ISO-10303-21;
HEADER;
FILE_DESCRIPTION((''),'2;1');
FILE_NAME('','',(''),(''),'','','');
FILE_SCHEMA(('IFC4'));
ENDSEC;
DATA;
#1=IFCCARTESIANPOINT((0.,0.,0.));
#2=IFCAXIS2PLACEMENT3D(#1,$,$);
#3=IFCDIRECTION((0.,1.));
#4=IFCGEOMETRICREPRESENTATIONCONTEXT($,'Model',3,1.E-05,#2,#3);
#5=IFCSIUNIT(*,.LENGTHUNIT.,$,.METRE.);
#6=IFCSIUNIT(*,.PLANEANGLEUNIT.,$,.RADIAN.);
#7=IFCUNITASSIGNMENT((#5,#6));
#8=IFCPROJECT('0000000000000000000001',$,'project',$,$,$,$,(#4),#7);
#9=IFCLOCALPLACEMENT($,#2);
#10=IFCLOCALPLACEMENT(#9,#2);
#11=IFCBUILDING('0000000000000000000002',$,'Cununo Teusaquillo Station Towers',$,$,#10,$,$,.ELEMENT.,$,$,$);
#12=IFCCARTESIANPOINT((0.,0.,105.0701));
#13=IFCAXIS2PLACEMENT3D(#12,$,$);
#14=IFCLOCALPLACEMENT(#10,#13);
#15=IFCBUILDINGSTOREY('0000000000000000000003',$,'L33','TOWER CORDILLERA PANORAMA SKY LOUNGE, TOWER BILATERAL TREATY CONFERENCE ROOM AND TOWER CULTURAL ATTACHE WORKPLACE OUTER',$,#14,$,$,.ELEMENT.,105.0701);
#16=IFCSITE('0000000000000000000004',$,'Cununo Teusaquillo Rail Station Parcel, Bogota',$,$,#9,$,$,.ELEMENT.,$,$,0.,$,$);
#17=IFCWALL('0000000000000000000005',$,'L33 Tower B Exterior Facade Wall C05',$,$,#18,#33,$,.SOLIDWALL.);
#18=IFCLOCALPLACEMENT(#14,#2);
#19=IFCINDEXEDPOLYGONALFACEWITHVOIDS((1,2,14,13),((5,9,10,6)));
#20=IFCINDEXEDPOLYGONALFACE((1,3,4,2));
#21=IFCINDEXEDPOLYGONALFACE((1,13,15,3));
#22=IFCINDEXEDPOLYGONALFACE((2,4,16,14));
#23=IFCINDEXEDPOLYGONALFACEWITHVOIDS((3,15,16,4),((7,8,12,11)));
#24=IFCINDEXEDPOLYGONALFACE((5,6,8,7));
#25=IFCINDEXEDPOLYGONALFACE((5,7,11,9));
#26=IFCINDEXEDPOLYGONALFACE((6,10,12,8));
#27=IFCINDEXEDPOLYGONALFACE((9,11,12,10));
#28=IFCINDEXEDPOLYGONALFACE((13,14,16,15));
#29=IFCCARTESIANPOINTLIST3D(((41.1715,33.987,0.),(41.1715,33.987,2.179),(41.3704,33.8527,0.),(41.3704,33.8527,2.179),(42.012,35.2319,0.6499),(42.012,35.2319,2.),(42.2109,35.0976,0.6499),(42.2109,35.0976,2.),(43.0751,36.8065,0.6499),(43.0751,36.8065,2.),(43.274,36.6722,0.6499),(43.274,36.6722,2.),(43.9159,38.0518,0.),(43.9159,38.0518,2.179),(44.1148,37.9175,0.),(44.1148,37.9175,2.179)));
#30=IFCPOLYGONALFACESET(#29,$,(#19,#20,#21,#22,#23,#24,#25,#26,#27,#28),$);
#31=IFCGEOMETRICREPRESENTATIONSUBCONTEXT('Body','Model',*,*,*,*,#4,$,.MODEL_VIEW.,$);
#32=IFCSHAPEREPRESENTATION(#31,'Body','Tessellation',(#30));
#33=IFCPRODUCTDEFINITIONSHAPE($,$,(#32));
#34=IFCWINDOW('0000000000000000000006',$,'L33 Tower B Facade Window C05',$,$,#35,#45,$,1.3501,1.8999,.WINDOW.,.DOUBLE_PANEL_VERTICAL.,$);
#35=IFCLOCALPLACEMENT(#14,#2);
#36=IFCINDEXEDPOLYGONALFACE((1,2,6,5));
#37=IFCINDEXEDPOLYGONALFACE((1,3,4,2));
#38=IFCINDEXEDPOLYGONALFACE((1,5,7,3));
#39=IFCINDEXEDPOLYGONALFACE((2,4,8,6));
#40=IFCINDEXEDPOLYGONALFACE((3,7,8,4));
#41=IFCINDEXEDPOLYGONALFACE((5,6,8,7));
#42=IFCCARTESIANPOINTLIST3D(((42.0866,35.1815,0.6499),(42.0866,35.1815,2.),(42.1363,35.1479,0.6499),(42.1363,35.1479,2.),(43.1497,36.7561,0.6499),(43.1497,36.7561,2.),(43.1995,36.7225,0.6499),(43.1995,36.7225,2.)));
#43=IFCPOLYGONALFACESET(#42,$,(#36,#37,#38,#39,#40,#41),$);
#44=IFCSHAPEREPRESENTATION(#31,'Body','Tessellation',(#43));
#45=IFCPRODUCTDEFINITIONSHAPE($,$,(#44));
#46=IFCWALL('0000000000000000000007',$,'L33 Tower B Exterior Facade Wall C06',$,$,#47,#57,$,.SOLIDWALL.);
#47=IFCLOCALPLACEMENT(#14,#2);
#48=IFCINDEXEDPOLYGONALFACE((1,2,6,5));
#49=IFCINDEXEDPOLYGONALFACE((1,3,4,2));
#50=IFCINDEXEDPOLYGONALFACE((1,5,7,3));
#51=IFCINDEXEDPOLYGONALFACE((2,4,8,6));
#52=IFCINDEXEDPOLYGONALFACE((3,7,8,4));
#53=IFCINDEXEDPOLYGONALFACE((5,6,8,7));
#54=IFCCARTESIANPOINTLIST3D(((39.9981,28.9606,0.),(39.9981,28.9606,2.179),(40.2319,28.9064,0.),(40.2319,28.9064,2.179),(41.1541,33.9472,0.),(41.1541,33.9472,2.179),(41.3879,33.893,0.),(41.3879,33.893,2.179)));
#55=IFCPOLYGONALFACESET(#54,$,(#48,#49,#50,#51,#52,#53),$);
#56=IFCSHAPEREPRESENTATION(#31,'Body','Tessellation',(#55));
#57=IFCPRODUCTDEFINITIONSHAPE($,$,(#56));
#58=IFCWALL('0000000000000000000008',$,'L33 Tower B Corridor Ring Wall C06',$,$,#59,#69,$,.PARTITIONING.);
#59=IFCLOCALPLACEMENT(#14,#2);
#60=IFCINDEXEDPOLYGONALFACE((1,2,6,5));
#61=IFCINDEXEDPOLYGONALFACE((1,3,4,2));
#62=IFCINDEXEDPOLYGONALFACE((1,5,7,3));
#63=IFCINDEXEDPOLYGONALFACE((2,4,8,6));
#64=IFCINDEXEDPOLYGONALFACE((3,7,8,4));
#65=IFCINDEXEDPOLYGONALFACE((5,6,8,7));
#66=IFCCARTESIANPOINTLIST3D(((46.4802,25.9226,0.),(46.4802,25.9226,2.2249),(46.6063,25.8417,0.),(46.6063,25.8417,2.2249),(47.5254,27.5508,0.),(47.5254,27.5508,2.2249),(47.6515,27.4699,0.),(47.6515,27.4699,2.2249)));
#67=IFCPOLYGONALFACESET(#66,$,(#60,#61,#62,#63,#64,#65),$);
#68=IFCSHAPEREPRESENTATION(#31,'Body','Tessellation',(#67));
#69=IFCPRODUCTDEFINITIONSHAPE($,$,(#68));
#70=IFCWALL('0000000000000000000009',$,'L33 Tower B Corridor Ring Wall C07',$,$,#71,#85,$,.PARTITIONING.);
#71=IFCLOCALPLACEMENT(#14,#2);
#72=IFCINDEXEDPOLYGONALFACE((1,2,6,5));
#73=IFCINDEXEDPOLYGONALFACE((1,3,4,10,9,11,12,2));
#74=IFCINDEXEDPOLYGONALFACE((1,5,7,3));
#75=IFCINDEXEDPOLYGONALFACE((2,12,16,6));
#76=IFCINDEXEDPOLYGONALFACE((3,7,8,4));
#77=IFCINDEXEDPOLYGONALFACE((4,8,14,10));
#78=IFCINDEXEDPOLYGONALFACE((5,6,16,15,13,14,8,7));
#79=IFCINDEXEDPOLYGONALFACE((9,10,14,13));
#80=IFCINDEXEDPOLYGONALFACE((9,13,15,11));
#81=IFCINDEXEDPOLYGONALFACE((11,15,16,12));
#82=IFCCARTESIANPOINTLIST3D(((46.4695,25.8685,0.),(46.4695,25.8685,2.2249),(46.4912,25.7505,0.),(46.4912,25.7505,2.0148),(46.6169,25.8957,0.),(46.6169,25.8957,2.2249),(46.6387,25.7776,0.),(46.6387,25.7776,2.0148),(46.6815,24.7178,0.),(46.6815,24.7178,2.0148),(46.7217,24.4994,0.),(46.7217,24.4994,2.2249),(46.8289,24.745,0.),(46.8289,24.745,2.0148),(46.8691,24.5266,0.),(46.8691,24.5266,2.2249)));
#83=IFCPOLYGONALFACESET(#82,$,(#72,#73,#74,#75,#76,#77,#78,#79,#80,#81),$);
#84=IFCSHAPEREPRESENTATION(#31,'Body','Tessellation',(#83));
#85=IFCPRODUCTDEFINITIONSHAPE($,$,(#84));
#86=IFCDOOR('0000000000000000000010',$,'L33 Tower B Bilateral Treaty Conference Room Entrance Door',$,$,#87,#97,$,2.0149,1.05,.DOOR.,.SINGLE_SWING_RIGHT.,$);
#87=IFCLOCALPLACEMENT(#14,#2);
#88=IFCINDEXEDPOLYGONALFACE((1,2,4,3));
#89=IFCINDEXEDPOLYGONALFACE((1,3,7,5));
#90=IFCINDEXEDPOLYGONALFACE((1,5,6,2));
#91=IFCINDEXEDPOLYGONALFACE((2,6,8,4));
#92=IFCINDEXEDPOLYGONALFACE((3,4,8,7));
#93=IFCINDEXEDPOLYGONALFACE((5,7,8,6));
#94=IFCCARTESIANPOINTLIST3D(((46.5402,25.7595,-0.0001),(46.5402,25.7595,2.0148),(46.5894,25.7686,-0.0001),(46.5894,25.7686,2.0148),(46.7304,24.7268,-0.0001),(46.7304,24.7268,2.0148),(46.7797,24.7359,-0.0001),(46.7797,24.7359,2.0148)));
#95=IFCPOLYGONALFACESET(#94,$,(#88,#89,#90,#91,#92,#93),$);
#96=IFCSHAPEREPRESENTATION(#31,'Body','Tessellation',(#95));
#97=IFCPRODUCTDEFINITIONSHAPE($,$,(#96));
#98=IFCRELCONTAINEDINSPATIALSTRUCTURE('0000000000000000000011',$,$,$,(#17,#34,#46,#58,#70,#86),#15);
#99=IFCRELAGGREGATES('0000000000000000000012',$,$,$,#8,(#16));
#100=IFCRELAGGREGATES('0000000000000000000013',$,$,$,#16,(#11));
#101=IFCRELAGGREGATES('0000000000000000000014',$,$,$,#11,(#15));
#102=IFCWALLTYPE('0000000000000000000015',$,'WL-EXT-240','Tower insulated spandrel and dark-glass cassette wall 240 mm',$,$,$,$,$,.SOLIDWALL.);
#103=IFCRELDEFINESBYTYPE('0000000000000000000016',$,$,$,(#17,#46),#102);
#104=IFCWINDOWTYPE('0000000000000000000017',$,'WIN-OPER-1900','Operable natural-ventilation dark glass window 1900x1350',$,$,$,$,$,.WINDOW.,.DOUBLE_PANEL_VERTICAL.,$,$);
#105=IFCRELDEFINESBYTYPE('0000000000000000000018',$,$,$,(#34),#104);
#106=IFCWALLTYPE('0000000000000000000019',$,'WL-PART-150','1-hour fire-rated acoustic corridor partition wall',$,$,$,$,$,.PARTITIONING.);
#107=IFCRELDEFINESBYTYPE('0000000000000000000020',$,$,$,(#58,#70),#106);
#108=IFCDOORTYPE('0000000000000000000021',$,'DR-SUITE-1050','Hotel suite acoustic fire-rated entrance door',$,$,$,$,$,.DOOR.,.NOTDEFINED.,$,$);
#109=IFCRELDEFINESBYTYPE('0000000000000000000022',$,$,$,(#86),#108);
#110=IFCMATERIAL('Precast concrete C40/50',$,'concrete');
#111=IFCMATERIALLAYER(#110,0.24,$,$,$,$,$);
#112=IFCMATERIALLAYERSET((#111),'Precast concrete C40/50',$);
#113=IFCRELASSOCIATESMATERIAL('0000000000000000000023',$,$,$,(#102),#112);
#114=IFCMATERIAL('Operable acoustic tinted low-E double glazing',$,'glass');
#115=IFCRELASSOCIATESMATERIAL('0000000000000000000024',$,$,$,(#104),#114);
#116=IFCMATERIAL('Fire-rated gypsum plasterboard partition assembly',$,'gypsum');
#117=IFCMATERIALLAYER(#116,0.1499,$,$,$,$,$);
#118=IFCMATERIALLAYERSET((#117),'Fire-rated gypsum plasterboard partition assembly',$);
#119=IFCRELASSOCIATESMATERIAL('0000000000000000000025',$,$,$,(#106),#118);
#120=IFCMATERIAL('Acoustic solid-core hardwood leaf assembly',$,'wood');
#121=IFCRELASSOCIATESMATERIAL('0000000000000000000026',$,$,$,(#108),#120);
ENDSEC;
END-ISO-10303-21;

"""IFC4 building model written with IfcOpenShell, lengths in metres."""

from ifc_helpers import new_model, si_unit, direction, frame, frame_2d, origin, place, context, subcontext, project, spatial, rectangle, extrude, source, transform, mapped, material, layer, layer_set, type_object, element, fill, save


model = new_model("IFC4")

# Units and contexts
model_context = context("Model", 3, precision=1e-05, world=origin(), true_north=direction((0.0, 1.0)))
body_context = subcontext(model_context, "Body", "Model", "MODEL_VIEW")
ifc_project = project(units=[si_unit("LENGTHUNIT", "METRE"), si_unit("PLANEANGLEUNIT", "RADIAN")], contexts=[model_context])

# Site, building, storey
site_placement = place(None, origin())
site = spatial("IfcSite", under=ifc_project, at=site_placement, Name="Cununo Teusaquillo Rail Station Parcel, Bogota", CompositionType="ELEMENT", RefElevation=0.0)
building_placement = place(site_placement, origin())
building = spatial("IfcBuilding", under=site, at=building_placement, Name="Cununo Teusaquillo Station Towers", CompositionType="ELEMENT")
storey_placement = place(building_placement, frame((0.0, 0.0, 105.0701)))
storey = spatial("IfcBuildingStorey", under=building, at=storey_placement, Name="L33", Description="TOWER CORDILLERA PANORAMA SKY LOUNGE, TOWER BILATERAL TREATY CONFERENCE ROOM AND TOWER CULTURAL ATTACHE WORKPLACE OUTER", CompositionType="ELEMENT", Elevation=105.0701)

# Shared definitions
ifc_material_1 = material(Name="Precast concrete C40/50", Category="concrete")
ifc_layer_1 = layer(ifc_material_1, 0.24)
ifc_layer_set_1 = layer_set([ifc_layer_1], Name="Precast concrete C40/50")
wall_type_1 = type_object("IfcWallType", Name="WL-EXT-240", Description="Tower insulated spandrel and dark-glass cassette wall 240 mm", PredefinedType="SOLIDWALL", material=ifc_layer_set_1)

# Wall, opening, window
wall_1_placement = place(storey_placement, frame((41.271, 33.9199, 0.0), z_axis=(0.0, 0.0, 1.0), x_axis=(0.559573, 0.828781, 0.0)))
wall_1 = element("IfcWall", 1, at=wall_1_placement, inside=storey, type_object=wall_type_1, Name="L33 Tower B Exterior Facade Wall C05", PredefinedType="SOLIDWALL", context=body_context, shape_type="SweptSolid", body=[
    extrude(rectangle(XDim=4.9045, YDim=0.24, at=frame_2d((2.4521, 0.0))), origin(), (0.0, 0.0, 1.0), 2.179),
])
shared_shape_1 = source(origin(), body_context, "Body", "SweptSolid", [
    extrude(rectangle(XDim=1.8999, YDim=1.3501, at=frame_2d((0.95, 0.675))), frame((0.0, 0.1299, 0.0), z_axis=(0.0, -1.0, 0.0), x_axis=(1.0, 0.0, 0.0)), (0.0, 0.0, 1.0), 0.26),
])
opening_1_placement = place(wall_1_placement, frame((1.502, 0.0, 0.6499)))
opening_1 = element("IfcOpeningElement", 2, at=opening_1_placement, cuts=wall_1, PredefinedType="OPENING", context=body_context, shape_type="MappedRepresentation", body=[
    mapped(shared_shape_1, transform((0.0, 0.0, 0.0), x_axis=(1.0, 0.0, 0.0), y_axis=(0.0, 1.0, 0.0), z_axis=(0.0, 0.0, 1.0), scale=1.0)),
])
ifc_material_2 = material(Name="Operable acoustic tinted low-E double glazing", Category="glass")
window_type_1 = type_object("IfcWindowType", Name="WIN-OPER-1900", Description="Operable natural-ventilation dark glass window 1900x1350", PartitioningType="DOUBLE_PANEL_VERTICAL", PredefinedType="WINDOW", material=ifc_material_2)
shared_shape_2 = source(origin(), body_context, "Body", "SweptSolid", [
    extrude(rectangle(XDim=1.8999, YDim=1.3501, at=frame_2d((0.95, 0.675))), frame((0.0, 0.03, 0.0), z_axis=(0.0, -1.0, 0.0), x_axis=(1.0, 0.0, 0.0)), (0.0, 0.0, 1.0), 0.0601),
])
window_1_placement = place(opening_1_placement, origin())
window_1 = element("IfcWindow", 3, at=window_1_placement, inside=storey, type_object=window_type_1, Name="L33 Tower B Facade Window C05", OverallHeight=1.3501, OverallWidth=1.8999, PartitioningType="DOUBLE_PANEL_VERTICAL", PredefinedType="WINDOW", context=body_context, shape_type="MappedRepresentation", body=[
    mapped(shared_shape_2, transform((0.0, 0.0, 0.0), x_axis=(1.0, 0.0, 0.0), y_axis=(0.0, 1.0, 0.0), z_axis=(0.0, 0.0, 1.0), scale=1.0)),
])
fill(opening_1, window_1)

# Walls
wall_2_placement = place(storey_placement, frame((40.115, 28.9333, 0.0), z_axis=(0.0, 0.0, 1.0), x_axis=(0.225835, 0.974166, 0.0)))
element("IfcWall", 4, at=wall_2_placement, inside=storey, type_object=wall_type_1, Name="L33 Tower B Exterior Facade Wall C06", PredefinedType="SOLIDWALL", context=body_context, shape_type="SweptSolid", body=[
    extrude(rectangle(XDim=5.1189, YDim=0.24, at=frame_2d((2.5596, 0.0))), origin(), (0.0, 0.0, 1.0), 2.179),
])
ifc_material_3 = material(Name="Fire-rated gypsum plasterboard partition assembly", Category="gypsum")
ifc_layer_2 = layer(ifc_material_3, 0.1499)
ifc_layer_set_2 = layer_set([ifc_layer_2], Name="Fire-rated gypsum plasterboard partition assembly")
wall_type_2 = type_object("IfcWallType", Name="WL-PART-150", Description="1-hour fire-rated acoustic corridor partition wall", PredefinedType="PARTITIONING", material=ifc_layer_set_2)
wall_3_placement = place(storey_placement, frame((47.5884, 27.5103, 0.0), z_axis=(0.0, 0.0, 1.0), x_axis=(-0.540203, -0.841535, 0.0)))
element("IfcWall", 5, at=wall_3_placement, inside=storey, type_object=wall_type_2, Name="L33 Tower B Corridor Ring Wall C06", PredefinedType="PARTITIONING", context=body_context, shape_type="SweptSolid", body=[
    extrude(rectangle(XDim=1.9348, YDim=0.1499, at=frame_2d((0.9673, 0.0))), origin(), (0.0, 0.0, 1.0), 2.2249),
])

# Wall, opening, door
wall_4_placement = place(storey_placement, frame((46.5432, 25.8821, 0.0), z_axis=(0.0, 0.0, 1.0), x_axis=(0.181154, -0.983455, 0.0)))
wall_4 = element("IfcWall", 6, at=wall_4_placement, inside=storey, type_object=wall_type_2, Name="L33 Tower B Corridor Ring Wall C07", PredefinedType="PARTITIONING", context=body_context, shape_type="SweptSolid", body=[
    extrude(rectangle(XDim=1.3921, YDim=0.1499, at=frame_2d((0.696, 0.0))), origin(), (0.0, 0.0, 1.0), 2.2249),
])
shared_shape_3 = source(origin(), body_context, "Body", "SweptSolid", [
    extrude(rectangle(XDim=1.05, YDim=2.0149, at=frame_2d((0.5249, 1.0073))), frame((0.0, 0.085, 0.0), z_axis=(0.0, -1.0, 0.0), x_axis=(1.0, 0.0, 0.0)), (0.0, 0.0, 1.0), 0.1699),
])
opening_2_placement = place(wall_4_placement, frame((0.1201, 0.0, 0.0)))
opening_2 = element("IfcOpeningElement", 7, at=opening_2_placement, cuts=wall_4, PredefinedType="OPENING", context=body_context, shape_type="MappedRepresentation", body=[
    mapped(shared_shape_3, transform((0.0, 0.0, 0.0), x_axis=(1.0, 0.0, 0.0), y_axis=(0.0, 1.0, 0.0), z_axis=(0.0, 0.0, 1.0), scale=1.0)),
])
ifc_material_4 = material(Name="Acoustic solid-core hardwood leaf assembly", Category="wood")
door_type = type_object("IfcDoorType", Name="DR-SUITE-1050", Description="Hotel suite acoustic fire-rated entrance door", OperationType="NOTDEFINED", PredefinedType="DOOR", material=ifc_material_4)
shared_shape_4 = source(origin(), body_context, "Body", "SweptSolid", [
    extrude(rectangle(XDim=1.05, YDim=2.0149, at=frame_2d((0.5249, 1.0073))), frame((0.0, 0.0249, 0.0), z_axis=(0.0, -1.0, 0.0), x_axis=(1.0, 0.0, 0.0)), (0.0, 0.0, 1.0), 0.05),
])
door_placement = place(opening_2_placement, origin())
door = element("IfcDoor", 8, at=door_placement, inside=storey, type_object=door_type, Name="L33 Tower B Bilateral Treaty Conference Room Entrance Door", OperationType="SINGLE_SWING_RIGHT", OverallHeight=2.0149, OverallWidth=1.05, PredefinedType="DOOR", context=body_context, shape_type="MappedRepresentation", body=[
    mapped(shared_shape_4, transform((0.0, 0.0, 0.0), x_axis=(1.0, 0.0, 0.0), y_axis=(0.0, 1.0, 0.0), z_axis=(0.0, 0.0, 1.0), scale=1.0)),
])
fill(opening_2, door)

save(model, "model.ifc")
